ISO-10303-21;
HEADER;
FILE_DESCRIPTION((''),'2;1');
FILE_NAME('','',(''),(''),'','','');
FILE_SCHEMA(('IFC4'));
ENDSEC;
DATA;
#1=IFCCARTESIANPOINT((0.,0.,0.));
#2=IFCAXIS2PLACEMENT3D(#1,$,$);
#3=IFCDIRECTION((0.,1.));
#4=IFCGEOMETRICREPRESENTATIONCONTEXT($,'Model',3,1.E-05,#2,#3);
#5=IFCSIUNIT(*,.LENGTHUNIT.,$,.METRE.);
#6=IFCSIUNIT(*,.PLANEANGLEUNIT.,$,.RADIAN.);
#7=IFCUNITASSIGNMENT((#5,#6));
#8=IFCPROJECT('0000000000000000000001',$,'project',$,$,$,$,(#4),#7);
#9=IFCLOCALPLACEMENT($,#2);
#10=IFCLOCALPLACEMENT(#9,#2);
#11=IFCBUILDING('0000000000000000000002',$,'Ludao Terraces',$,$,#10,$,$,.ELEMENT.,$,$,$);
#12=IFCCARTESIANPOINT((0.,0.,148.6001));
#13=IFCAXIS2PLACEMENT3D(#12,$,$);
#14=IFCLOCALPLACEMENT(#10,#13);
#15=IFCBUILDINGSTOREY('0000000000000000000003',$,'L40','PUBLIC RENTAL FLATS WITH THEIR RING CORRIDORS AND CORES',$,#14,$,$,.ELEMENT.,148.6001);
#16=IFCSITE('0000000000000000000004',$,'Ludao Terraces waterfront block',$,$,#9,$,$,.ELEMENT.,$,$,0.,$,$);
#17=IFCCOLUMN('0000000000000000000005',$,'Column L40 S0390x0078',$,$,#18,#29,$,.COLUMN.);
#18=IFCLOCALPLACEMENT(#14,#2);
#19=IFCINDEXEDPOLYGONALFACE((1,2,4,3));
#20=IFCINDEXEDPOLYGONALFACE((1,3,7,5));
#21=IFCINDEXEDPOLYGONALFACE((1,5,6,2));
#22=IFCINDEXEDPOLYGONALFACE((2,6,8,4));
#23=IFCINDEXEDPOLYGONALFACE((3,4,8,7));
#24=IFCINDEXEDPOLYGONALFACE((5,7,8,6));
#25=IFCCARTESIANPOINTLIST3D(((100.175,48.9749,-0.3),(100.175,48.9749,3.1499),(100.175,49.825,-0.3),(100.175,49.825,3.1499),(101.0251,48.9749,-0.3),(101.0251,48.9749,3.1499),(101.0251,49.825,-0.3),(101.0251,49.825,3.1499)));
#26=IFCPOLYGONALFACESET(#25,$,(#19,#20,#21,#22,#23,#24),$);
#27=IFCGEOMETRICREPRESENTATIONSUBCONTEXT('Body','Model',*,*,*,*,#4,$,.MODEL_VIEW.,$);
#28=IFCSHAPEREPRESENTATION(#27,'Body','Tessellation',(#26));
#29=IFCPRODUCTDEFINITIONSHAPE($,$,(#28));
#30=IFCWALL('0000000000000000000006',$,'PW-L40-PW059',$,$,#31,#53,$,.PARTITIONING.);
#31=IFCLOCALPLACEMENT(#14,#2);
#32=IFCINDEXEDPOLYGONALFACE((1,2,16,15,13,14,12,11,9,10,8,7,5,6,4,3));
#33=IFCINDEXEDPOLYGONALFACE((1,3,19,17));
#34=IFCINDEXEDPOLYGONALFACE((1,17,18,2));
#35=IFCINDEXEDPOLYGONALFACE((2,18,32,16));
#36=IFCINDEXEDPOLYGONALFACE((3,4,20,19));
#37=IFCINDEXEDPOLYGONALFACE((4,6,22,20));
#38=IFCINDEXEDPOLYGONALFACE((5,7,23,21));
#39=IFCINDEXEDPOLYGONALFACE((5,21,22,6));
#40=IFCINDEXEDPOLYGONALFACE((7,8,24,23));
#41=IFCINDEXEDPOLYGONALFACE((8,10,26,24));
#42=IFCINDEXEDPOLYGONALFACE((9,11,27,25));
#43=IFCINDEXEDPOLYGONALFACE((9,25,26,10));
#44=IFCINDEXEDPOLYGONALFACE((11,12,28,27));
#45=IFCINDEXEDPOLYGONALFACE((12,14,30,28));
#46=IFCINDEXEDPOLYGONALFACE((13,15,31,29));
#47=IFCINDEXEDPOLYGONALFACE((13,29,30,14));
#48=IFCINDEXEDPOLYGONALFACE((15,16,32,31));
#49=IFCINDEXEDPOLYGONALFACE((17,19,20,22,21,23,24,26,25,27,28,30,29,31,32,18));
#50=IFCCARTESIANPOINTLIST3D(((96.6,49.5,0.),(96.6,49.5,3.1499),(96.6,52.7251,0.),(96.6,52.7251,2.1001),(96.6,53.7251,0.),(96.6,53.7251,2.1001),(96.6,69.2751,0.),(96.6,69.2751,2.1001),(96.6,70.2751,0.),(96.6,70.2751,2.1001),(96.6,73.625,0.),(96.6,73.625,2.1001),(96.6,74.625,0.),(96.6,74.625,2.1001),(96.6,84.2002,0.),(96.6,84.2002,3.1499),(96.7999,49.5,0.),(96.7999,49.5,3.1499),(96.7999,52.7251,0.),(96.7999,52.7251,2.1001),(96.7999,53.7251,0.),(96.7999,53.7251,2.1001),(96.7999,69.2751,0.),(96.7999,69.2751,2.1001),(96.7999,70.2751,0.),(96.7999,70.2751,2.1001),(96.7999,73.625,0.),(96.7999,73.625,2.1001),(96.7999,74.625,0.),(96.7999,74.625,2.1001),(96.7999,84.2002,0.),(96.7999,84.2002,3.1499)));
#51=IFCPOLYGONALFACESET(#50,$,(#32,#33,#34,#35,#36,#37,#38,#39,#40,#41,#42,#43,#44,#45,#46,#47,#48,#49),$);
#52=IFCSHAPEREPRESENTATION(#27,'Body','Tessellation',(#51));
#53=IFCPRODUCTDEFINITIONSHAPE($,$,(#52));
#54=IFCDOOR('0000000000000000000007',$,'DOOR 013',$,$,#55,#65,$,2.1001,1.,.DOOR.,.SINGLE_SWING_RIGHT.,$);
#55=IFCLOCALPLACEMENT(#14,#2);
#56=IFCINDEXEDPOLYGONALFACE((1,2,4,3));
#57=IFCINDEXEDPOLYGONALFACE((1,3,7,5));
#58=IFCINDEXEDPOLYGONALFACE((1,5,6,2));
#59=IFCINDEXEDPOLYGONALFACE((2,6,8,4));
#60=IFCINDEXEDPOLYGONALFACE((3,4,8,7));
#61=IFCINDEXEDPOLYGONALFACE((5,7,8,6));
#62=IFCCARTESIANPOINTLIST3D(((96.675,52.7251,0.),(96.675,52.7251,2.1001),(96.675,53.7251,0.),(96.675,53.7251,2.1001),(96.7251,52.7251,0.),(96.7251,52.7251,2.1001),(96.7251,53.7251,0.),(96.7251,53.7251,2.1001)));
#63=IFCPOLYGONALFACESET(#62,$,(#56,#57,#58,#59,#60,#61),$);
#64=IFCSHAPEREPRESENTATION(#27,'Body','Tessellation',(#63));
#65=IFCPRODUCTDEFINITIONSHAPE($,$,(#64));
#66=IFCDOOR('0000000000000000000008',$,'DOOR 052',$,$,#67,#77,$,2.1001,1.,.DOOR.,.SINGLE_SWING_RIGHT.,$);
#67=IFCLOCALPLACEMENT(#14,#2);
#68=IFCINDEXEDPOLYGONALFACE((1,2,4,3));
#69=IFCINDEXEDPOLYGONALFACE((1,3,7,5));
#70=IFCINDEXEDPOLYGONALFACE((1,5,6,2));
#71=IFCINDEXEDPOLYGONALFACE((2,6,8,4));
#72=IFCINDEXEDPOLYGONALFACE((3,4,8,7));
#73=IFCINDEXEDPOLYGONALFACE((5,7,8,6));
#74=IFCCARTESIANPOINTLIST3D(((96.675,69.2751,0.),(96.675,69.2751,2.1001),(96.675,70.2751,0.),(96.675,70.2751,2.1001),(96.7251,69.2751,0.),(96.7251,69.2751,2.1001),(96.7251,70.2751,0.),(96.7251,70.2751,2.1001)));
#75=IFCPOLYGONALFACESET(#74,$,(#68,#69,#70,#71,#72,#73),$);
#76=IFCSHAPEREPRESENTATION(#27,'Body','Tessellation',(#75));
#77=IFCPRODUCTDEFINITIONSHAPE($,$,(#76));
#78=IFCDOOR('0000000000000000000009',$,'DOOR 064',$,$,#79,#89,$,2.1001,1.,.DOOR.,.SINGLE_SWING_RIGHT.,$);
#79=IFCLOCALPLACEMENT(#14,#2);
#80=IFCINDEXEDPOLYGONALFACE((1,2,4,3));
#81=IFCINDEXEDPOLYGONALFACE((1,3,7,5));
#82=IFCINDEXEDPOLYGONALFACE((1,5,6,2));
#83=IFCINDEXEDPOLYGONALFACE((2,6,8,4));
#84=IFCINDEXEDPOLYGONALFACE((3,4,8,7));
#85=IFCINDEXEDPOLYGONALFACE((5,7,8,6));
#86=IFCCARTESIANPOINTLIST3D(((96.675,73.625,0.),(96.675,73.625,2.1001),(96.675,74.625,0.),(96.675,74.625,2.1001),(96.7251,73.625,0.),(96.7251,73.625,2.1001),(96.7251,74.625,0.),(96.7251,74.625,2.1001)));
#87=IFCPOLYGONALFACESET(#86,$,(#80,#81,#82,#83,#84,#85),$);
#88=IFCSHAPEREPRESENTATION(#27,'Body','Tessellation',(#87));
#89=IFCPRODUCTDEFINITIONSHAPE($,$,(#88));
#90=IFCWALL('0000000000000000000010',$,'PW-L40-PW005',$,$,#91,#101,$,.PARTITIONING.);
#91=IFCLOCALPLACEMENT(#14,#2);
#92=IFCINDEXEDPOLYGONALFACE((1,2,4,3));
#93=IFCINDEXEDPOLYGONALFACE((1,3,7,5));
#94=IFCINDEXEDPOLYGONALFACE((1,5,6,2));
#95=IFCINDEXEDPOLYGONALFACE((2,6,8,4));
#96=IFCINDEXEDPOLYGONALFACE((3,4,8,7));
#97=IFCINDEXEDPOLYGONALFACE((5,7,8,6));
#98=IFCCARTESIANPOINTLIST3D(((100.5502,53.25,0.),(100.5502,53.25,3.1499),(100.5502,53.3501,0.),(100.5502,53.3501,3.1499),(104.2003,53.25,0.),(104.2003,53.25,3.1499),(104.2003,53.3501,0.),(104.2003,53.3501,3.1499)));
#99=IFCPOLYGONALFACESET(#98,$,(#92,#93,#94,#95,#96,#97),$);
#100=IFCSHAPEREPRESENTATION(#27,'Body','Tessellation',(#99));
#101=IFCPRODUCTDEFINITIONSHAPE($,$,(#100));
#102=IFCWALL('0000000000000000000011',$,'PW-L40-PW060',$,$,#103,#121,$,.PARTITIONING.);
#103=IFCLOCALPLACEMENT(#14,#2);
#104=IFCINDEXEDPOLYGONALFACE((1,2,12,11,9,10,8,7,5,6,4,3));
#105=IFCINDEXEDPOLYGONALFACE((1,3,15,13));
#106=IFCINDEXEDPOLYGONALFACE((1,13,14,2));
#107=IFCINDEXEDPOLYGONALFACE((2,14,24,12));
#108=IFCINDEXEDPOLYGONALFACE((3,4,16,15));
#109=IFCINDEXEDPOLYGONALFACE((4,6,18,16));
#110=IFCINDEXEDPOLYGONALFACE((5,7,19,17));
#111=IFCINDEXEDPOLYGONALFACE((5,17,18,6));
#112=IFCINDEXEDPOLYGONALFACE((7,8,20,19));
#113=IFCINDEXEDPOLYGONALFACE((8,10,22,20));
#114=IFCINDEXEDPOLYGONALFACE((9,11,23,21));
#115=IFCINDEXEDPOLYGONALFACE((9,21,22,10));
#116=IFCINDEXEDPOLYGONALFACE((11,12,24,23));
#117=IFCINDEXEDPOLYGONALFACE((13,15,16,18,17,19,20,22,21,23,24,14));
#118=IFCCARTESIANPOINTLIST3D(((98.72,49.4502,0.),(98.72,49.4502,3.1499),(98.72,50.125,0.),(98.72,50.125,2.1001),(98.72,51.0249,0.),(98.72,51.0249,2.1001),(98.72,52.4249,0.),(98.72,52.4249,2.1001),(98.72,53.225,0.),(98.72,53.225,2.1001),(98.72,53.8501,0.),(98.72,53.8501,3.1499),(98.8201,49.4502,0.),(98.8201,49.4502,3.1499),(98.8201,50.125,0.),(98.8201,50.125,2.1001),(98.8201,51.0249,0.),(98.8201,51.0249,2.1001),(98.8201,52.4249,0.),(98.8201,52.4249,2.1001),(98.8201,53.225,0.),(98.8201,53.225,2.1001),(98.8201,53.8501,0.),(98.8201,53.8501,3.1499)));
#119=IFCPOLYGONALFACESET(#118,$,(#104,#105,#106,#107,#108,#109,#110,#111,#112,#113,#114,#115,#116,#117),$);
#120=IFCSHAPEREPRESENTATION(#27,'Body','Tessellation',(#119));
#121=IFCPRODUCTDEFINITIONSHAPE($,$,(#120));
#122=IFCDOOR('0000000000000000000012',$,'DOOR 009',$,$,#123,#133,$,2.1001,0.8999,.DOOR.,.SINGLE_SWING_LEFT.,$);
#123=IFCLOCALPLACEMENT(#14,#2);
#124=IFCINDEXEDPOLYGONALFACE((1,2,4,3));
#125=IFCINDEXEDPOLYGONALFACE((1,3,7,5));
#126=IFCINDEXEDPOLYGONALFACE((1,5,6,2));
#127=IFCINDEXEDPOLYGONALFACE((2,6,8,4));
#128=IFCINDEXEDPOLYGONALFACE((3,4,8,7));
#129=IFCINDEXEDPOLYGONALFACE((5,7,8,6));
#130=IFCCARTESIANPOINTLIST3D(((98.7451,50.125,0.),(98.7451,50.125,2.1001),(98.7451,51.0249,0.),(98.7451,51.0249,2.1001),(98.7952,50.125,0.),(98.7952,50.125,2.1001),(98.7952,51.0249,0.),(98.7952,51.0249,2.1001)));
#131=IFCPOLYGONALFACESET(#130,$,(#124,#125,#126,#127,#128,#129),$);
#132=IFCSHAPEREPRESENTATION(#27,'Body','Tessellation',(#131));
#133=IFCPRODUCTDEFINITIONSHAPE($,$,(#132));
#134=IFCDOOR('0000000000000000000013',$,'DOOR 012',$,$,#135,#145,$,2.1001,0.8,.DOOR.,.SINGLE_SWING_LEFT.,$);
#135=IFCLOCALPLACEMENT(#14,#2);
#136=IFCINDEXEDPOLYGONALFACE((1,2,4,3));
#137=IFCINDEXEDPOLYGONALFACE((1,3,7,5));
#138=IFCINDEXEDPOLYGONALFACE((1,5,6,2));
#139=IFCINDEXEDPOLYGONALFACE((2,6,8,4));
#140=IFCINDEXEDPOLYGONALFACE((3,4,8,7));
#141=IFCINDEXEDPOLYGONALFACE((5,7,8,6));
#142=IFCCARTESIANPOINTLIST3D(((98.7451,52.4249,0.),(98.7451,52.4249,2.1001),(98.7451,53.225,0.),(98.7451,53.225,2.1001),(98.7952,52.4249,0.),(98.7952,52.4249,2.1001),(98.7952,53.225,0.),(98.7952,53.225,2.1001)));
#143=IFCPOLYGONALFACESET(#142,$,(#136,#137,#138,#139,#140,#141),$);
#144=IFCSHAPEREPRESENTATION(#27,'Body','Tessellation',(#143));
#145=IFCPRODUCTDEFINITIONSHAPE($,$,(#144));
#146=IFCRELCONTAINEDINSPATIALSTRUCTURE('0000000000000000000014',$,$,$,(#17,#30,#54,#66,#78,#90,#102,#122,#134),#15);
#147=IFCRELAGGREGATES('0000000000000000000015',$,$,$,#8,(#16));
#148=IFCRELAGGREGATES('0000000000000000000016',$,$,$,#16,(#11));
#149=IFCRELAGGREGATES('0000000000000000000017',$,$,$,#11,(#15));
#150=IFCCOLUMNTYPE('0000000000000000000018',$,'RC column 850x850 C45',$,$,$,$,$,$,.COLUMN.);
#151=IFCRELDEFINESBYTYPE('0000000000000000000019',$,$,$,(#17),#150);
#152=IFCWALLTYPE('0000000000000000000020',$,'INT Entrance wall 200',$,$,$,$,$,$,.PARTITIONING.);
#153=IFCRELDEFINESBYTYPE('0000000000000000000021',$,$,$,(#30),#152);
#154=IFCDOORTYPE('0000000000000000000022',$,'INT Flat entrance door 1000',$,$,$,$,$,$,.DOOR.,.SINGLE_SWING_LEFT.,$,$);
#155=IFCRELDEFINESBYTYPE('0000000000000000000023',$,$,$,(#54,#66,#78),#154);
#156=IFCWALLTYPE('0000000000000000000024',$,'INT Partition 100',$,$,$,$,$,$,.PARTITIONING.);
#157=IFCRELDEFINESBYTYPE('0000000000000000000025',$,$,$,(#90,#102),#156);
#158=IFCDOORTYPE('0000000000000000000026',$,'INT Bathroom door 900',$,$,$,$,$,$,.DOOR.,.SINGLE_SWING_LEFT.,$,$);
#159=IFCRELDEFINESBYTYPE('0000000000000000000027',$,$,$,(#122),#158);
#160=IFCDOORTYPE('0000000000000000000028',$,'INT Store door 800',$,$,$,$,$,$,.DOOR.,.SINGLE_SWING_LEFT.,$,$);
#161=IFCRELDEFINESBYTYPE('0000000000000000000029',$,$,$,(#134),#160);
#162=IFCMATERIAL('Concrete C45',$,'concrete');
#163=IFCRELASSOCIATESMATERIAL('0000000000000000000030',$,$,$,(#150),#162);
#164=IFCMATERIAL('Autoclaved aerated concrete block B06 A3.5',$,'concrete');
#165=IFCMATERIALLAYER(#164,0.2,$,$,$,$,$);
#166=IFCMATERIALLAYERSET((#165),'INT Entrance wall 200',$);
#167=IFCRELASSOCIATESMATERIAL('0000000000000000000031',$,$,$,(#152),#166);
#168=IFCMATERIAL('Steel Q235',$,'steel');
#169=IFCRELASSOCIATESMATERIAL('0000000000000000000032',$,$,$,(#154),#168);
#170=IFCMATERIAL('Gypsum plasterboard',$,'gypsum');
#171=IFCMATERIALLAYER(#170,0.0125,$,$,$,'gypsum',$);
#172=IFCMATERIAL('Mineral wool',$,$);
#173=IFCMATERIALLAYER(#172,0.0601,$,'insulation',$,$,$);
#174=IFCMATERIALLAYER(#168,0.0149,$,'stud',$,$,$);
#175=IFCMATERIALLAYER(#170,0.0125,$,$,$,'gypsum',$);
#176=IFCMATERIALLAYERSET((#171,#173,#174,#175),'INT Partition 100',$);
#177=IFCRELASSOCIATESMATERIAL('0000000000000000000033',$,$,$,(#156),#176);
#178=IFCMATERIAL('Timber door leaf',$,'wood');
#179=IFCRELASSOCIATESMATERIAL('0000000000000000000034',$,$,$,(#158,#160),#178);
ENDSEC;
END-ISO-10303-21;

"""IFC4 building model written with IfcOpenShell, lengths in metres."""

from ifc_helpers import new_model, si_unit, direction, frame, frame_2d, origin, origin_2d, place, context, subcontext, project, spatial, rectangle, extrude, material, layer, layer_set, material_profile, profile_set, type_object, element, fill, save


model = new_model("IFC4")

# Units and contexts
model_context = context("Model", 3, precision=1e-05, world=origin(), true_north=direction((0.0, 1.0)))
body_context = subcontext(model_context, "Body", "Model", "MODEL_VIEW")
ifc_project = project(units=[si_unit("LENGTHUNIT", "METRE"), si_unit("PLANEANGLEUNIT", "RADIAN")], contexts=[model_context])

# Site, building, storey
site_placement = place(None, origin())
site = spatial("IfcSite", under=ifc_project, at=site_placement, Name="Ludao Terraces waterfront block", CompositionType="ELEMENT", RefElevation=0.0)
building_placement = place(site_placement, origin())
building = spatial("IfcBuilding", under=site, at=building_placement, Name="Ludao Terraces", CompositionType="ELEMENT")
storey_placement = place(building_placement, frame((0.0, 0.0, 148.6001)))
storey = spatial("IfcBuildingStorey", under=building, at=storey_placement, Name="L40", Description="PUBLIC RENTAL FLATS WITH THEIR RING CORRIDORS AND CORES", CompositionType="ELEMENT", Elevation=148.6001)

# Column
ifc_material_1 = material(Name="Concrete C45", Category="concrete")
ifc_material_profile = material_profile(ifc_material_1, rectangle(XDim=0.8501, YDim=0.8501, at=origin_2d()), Name="850 X 850")
ifc_profile_set = profile_set([ifc_material_profile], Name="Concrete C45")
column_type = type_object("IfcColumnType", Name="RC column 850x850 C45", PredefinedType="COLUMN", material=ifc_profile_set)
column_placement = place(storey_placement, frame((100.6001, 49.3999, -0.3), z_axis=(0.0, 0.0, 1.0), x_axis=(1.0, 0.0, 0.0)))
element("IfcColumn", 1, at=column_placement, inside=storey, type_object=column_type, Name="Column L40 S0390x0078", PredefinedType="COLUMN", context=body_context, shape_type="SweptSolid", body=[
    extrude(rectangle(XDim=0.8501, YDim=0.8501, at=origin_2d()), origin(), (0.0, 0.0, 1.0), 3.45),
])

# Wall, openings, doors
ifc_material_2 = material(Name="Autoclaved aerated concrete block B06 A3.5", Category="concrete")
ifc_layer_1 = layer(ifc_material_2, 0.2)
ifc_layer_set_1 = layer_set([ifc_layer_1], Name="INT Entrance wall 200")
wall_type_1 = type_object("IfcWallType", Name="INT Entrance wall 200", PredefinedType="PARTITIONING", material=ifc_layer_set_1)
wall_1_placement = place(storey_placement, frame((96.7, 49.5, 0.0), z_axis=(0.0, 0.0, 1.0), x_axis=(0.0, 1.0, 0.0)))
wall_1 = element("IfcWall", 2, at=wall_1_placement, inside=storey, type_object=wall_type_1, Name="PW-L40-PW059", PredefinedType="PARTITIONING", context=body_context, shape_type="SweptSolid", body=[
    extrude(rectangle(XDim=34.7002, YDim=0.2, at=frame_2d((17.3501, 0.0))), origin(), (0.0, 0.0, 1.0), 3.1499),
])
opening_1_placement = place(wall_1_placement, frame((3.2251, 0.0, 0.0)))
opening_1 = element("IfcOpeningElement", 3, at=opening_1_placement, cuts=wall_1, PredefinedType="OPENING", context=body_context, shape_type="SweptSolid", body=[
    extrude(rectangle(XDim=1.0, YDim=2.1001, at=frame_2d((0.5, 1.05))), frame((0.0, 0.1099, 0.0), z_axis=(0.0, -1.0, 0.0), x_axis=(1.0, 0.0, 0.0)), (0.0, 0.0, 1.0), 0.22),
])
opening_2_placement = place(wall_1_placement, frame((19.7751, 0.0, 0.0)))
opening_2 = element("IfcOpeningElement", 4, at=opening_2_placement, cuts=wall_1, PredefinedType="OPENING", context=body_context, shape_type="SweptSolid", body=[
    extrude(rectangle(XDim=1.0, YDim=2.1001, at=frame_2d((0.5, 1.05))), frame((0.0, 0.1099, 0.0), z_axis=(0.0, -1.0, 0.0), x_axis=(1.0, 0.0, 0.0)), (0.0, 0.0, 1.0), 0.22),
])
opening_3_placement = place(wall_1_placement, frame((24.125, 0.0, 0.0)))
opening_3 = element("IfcOpeningElement", 5, at=opening_3_placement, cuts=wall_1, PredefinedType="OPENING", context=body_context, shape_type="SweptSolid", body=[
    extrude(rectangle(XDim=1.0, YDim=2.1001, at=frame_2d((0.5, 1.05))), frame((0.0, 0.1099, 0.0), z_axis=(0.0, -1.0, 0.0), x_axis=(1.0, 0.0, 0.0)), (0.0, 0.0, 1.0), 0.22),
])
ifc_material_3 = material(Name="Steel Q235", Category="steel")
door_type_1 = type_object("IfcDoorType", Name="INT Flat entrance door 1000", OperationType="SINGLE_SWING_LEFT", PredefinedType="DOOR", material=ifc_material_3)
door_1_placement = place(opening_1_placement, origin())
door_1 = element("IfcDoor", 6, at=door_1_placement, inside=storey, type_object=door_type_1, Name="DOOR 013", OperationType="SINGLE_SWING_RIGHT", OverallHeight=2.1001, OverallWidth=1.0, PredefinedType="DOOR", context=body_context, shape_type="SweptSolid", body=[
    extrude(rectangle(XDim=1.0, YDim=2.1001, at=frame_2d((0.5, 1.05))), frame((0.0, 0.0249, 0.0), z_axis=(0.0, -1.0, 0.0), x_axis=(1.0, 0.0, 0.0)), (0.0, 0.0, 1.0), 0.05),
])
fill(opening_1, door_1)
door_2_placement = place(opening_2_placement, origin())
door_2 = element("IfcDoor", 7, at=door_2_placement, inside=storey, type_object=door_type_1, Name="DOOR 052", OperationType="SINGLE_SWING_RIGHT", OverallHeight=2.1001, OverallWidth=1.0, PredefinedType="DOOR", context=body_context, shape_type="SweptSolid", body=[
    extrude(rectangle(XDim=1.0, YDim=2.1001, at=frame_2d((0.5, 1.05))), frame((0.0, 0.0249, 0.0), z_axis=(0.0, -1.0, 0.0), x_axis=(1.0, 0.0, 0.0)), (0.0, 0.0, 1.0), 0.05),
])
fill(opening_2, door_2)
door_3_placement = place(opening_3_placement, origin())
door_3 = element("IfcDoor", 8, at=door_3_placement, inside=storey, type_object=door_type_1, Name="DOOR 064", OperationType="SINGLE_SWING_RIGHT", OverallHeight=2.1001, OverallWidth=1.0, PredefinedType="DOOR", context=body_context, shape_type="SweptSolid", body=[
    extrude(rectangle(XDim=1.0, YDim=2.1001, at=frame_2d((0.5, 1.05))), frame((0.0, 0.0249, 0.0), z_axis=(0.0, -1.0, 0.0), x_axis=(1.0, 0.0, 0.0)), (0.0, 0.0, 1.0), 0.05),
])
fill(opening_3, door_3)

# Wall
ifc_material_4 = material(Name="Gypsum plasterboard", Category="gypsum")
ifc_layer_2 = layer(ifc_material_4, 0.0125, Category="gypsum")
ifc_material_5 = material(Name="Mineral wool")
ifc_layer_3 = layer(ifc_material_5, 0.0601, Name="insulation")
ifc_layer_4 = layer(ifc_material_3, 0.0149, Name="stud")
ifc_layer_5 = layer(ifc_material_4, 0.0125, Category="gypsum")
ifc_layer_set_2 = layer_set([ifc_layer_2, ifc_layer_3, ifc_layer_4, ifc_layer_5], Name="INT Partition 100")
wall_type_2 = type_object("IfcWallType", Name="INT Partition 100", PredefinedType="PARTITIONING", material=ifc_layer_set_2)
wall_2_placement = place(storey_placement, frame((100.55, 53.3, 0.0), z_axis=(0.0, 0.0, 1.0), x_axis=(1.0, 0.0, 0.0)))
element("IfcWall", 9, at=wall_2_placement, inside=storey, type_object=wall_type_2, Name="PW-L40-PW005", PredefinedType="PARTITIONING", context=body_context, shape_type="SweptSolid", body=[
    extrude(rectangle(XDim=3.6501, YDim=0.1001, at=frame_2d((1.8252, 0.0))), origin(), (0.0, 0.0, 1.0), 3.1499),
])

# Wall, openings, doors
wall_3_placement = place(storey_placement, frame((98.77, 49.4502, 0.0), z_axis=(0.0, 0.0, 1.0), x_axis=(0.0, 1.0, 0.0)))
wall_3 = element("IfcWall", 10, at=wall_3_placement, inside=storey, type_object=wall_type_2, Name="PW-L40-PW060", PredefinedType="PARTITIONING", context=body_context, shape_type="SweptSolid", body=[
    extrude(rectangle(XDim=4.3999, YDim=0.1001, at=frame_2d((2.2, 0.0))), origin(), (0.0, 0.0, 1.0), 3.1499),
])
opening_4_placement = place(wall_3_placement, frame((0.6748, 0.0, 0.0)))
opening_4 = element("IfcOpeningElement", 11, at=opening_4_placement, cuts=wall_3, PredefinedType="OPENING", context=body_context, shape_type="SweptSolid", body=[
    extrude(rectangle(XDim=0.8999, YDim=2.1001, at=frame_2d((0.45, 1.05))), frame((0.0, 0.0601, 0.0), z_axis=(0.0, -1.0, 0.0), x_axis=(1.0, 0.0, 0.0)), (0.0, 0.0, 1.0), 0.1201),
])
opening_5_placement = place(wall_3_placement, frame((2.9749, 0.0, 0.0)))
opening_5 = element("IfcOpeningElement", 12, at=opening_5_placement, cuts=wall_3, PredefinedType="OPENING", context=body_context, shape_type="SweptSolid", body=[
    extrude(rectangle(XDim=0.8, YDim=2.1001, at=frame_2d((0.3999, 1.05))), frame((0.0, 0.0601, 0.0), z_axis=(0.0, -1.0, 0.0), x_axis=(1.0, 0.0, 0.0)), (0.0, 0.0, 1.0), 0.1201),
])
ifc_material_6 = material(Name="Timber door leaf", Category="wood")
door_type_2 = type_object("IfcDoorType", Name="INT Bathroom door 900", OperationType="SINGLE_SWING_LEFT", PredefinedType="DOOR", material=ifc_material_6)
door_4_placement = place(opening_4_placement, origin())
door_4 = element("IfcDoor", 13, at=door_4_placement, inside=storey, type_object=door_type_2, Name="DOOR 009", OperationType="SINGLE_SWING_LEFT", OverallHeight=2.1001, OverallWidth=0.8999, PredefinedType="DOOR", context=body_context, shape_type="SweptSolid", body=[
    extrude(rectangle(XDim=0.8999, YDim=2.1001, at=frame_2d((0.45, 1.05))), frame((0.0, 0.0249, 0.0), z_axis=(0.0, -1.0, 0.0), x_axis=(1.0, 0.0, 0.0)), (0.0, 0.0, 1.0), 0.05),
])
fill(opening_4, door_4)
door_type_3 = type_object("IfcDoorType", Name="INT Store door 800", OperationType="SINGLE_SWING_LEFT", PredefinedType="DOOR", material=ifc_material_6)
door_5_placement = place(opening_5_placement, origin())
door_5 = element("IfcDoor", 14, at=door_5_placement, inside=storey, type_object=door_type_3, Name="DOOR 012", OperationType="SINGLE_SWING_LEFT", OverallHeight=2.1001, OverallWidth=0.8, PredefinedType="DOOR", context=body_context, shape_type="SweptSolid", body=[
    extrude(rectangle(XDim=0.8, YDim=2.1001, at=frame_2d((0.3999, 1.05))), frame((0.0, 0.0249, 0.0), z_axis=(0.0, -1.0, 0.0), x_axis=(1.0, 0.0, 0.0)), (0.0, 0.0, 1.0), 0.05),
])
fill(opening_5, door_5)

save(model, "model.ifc")
